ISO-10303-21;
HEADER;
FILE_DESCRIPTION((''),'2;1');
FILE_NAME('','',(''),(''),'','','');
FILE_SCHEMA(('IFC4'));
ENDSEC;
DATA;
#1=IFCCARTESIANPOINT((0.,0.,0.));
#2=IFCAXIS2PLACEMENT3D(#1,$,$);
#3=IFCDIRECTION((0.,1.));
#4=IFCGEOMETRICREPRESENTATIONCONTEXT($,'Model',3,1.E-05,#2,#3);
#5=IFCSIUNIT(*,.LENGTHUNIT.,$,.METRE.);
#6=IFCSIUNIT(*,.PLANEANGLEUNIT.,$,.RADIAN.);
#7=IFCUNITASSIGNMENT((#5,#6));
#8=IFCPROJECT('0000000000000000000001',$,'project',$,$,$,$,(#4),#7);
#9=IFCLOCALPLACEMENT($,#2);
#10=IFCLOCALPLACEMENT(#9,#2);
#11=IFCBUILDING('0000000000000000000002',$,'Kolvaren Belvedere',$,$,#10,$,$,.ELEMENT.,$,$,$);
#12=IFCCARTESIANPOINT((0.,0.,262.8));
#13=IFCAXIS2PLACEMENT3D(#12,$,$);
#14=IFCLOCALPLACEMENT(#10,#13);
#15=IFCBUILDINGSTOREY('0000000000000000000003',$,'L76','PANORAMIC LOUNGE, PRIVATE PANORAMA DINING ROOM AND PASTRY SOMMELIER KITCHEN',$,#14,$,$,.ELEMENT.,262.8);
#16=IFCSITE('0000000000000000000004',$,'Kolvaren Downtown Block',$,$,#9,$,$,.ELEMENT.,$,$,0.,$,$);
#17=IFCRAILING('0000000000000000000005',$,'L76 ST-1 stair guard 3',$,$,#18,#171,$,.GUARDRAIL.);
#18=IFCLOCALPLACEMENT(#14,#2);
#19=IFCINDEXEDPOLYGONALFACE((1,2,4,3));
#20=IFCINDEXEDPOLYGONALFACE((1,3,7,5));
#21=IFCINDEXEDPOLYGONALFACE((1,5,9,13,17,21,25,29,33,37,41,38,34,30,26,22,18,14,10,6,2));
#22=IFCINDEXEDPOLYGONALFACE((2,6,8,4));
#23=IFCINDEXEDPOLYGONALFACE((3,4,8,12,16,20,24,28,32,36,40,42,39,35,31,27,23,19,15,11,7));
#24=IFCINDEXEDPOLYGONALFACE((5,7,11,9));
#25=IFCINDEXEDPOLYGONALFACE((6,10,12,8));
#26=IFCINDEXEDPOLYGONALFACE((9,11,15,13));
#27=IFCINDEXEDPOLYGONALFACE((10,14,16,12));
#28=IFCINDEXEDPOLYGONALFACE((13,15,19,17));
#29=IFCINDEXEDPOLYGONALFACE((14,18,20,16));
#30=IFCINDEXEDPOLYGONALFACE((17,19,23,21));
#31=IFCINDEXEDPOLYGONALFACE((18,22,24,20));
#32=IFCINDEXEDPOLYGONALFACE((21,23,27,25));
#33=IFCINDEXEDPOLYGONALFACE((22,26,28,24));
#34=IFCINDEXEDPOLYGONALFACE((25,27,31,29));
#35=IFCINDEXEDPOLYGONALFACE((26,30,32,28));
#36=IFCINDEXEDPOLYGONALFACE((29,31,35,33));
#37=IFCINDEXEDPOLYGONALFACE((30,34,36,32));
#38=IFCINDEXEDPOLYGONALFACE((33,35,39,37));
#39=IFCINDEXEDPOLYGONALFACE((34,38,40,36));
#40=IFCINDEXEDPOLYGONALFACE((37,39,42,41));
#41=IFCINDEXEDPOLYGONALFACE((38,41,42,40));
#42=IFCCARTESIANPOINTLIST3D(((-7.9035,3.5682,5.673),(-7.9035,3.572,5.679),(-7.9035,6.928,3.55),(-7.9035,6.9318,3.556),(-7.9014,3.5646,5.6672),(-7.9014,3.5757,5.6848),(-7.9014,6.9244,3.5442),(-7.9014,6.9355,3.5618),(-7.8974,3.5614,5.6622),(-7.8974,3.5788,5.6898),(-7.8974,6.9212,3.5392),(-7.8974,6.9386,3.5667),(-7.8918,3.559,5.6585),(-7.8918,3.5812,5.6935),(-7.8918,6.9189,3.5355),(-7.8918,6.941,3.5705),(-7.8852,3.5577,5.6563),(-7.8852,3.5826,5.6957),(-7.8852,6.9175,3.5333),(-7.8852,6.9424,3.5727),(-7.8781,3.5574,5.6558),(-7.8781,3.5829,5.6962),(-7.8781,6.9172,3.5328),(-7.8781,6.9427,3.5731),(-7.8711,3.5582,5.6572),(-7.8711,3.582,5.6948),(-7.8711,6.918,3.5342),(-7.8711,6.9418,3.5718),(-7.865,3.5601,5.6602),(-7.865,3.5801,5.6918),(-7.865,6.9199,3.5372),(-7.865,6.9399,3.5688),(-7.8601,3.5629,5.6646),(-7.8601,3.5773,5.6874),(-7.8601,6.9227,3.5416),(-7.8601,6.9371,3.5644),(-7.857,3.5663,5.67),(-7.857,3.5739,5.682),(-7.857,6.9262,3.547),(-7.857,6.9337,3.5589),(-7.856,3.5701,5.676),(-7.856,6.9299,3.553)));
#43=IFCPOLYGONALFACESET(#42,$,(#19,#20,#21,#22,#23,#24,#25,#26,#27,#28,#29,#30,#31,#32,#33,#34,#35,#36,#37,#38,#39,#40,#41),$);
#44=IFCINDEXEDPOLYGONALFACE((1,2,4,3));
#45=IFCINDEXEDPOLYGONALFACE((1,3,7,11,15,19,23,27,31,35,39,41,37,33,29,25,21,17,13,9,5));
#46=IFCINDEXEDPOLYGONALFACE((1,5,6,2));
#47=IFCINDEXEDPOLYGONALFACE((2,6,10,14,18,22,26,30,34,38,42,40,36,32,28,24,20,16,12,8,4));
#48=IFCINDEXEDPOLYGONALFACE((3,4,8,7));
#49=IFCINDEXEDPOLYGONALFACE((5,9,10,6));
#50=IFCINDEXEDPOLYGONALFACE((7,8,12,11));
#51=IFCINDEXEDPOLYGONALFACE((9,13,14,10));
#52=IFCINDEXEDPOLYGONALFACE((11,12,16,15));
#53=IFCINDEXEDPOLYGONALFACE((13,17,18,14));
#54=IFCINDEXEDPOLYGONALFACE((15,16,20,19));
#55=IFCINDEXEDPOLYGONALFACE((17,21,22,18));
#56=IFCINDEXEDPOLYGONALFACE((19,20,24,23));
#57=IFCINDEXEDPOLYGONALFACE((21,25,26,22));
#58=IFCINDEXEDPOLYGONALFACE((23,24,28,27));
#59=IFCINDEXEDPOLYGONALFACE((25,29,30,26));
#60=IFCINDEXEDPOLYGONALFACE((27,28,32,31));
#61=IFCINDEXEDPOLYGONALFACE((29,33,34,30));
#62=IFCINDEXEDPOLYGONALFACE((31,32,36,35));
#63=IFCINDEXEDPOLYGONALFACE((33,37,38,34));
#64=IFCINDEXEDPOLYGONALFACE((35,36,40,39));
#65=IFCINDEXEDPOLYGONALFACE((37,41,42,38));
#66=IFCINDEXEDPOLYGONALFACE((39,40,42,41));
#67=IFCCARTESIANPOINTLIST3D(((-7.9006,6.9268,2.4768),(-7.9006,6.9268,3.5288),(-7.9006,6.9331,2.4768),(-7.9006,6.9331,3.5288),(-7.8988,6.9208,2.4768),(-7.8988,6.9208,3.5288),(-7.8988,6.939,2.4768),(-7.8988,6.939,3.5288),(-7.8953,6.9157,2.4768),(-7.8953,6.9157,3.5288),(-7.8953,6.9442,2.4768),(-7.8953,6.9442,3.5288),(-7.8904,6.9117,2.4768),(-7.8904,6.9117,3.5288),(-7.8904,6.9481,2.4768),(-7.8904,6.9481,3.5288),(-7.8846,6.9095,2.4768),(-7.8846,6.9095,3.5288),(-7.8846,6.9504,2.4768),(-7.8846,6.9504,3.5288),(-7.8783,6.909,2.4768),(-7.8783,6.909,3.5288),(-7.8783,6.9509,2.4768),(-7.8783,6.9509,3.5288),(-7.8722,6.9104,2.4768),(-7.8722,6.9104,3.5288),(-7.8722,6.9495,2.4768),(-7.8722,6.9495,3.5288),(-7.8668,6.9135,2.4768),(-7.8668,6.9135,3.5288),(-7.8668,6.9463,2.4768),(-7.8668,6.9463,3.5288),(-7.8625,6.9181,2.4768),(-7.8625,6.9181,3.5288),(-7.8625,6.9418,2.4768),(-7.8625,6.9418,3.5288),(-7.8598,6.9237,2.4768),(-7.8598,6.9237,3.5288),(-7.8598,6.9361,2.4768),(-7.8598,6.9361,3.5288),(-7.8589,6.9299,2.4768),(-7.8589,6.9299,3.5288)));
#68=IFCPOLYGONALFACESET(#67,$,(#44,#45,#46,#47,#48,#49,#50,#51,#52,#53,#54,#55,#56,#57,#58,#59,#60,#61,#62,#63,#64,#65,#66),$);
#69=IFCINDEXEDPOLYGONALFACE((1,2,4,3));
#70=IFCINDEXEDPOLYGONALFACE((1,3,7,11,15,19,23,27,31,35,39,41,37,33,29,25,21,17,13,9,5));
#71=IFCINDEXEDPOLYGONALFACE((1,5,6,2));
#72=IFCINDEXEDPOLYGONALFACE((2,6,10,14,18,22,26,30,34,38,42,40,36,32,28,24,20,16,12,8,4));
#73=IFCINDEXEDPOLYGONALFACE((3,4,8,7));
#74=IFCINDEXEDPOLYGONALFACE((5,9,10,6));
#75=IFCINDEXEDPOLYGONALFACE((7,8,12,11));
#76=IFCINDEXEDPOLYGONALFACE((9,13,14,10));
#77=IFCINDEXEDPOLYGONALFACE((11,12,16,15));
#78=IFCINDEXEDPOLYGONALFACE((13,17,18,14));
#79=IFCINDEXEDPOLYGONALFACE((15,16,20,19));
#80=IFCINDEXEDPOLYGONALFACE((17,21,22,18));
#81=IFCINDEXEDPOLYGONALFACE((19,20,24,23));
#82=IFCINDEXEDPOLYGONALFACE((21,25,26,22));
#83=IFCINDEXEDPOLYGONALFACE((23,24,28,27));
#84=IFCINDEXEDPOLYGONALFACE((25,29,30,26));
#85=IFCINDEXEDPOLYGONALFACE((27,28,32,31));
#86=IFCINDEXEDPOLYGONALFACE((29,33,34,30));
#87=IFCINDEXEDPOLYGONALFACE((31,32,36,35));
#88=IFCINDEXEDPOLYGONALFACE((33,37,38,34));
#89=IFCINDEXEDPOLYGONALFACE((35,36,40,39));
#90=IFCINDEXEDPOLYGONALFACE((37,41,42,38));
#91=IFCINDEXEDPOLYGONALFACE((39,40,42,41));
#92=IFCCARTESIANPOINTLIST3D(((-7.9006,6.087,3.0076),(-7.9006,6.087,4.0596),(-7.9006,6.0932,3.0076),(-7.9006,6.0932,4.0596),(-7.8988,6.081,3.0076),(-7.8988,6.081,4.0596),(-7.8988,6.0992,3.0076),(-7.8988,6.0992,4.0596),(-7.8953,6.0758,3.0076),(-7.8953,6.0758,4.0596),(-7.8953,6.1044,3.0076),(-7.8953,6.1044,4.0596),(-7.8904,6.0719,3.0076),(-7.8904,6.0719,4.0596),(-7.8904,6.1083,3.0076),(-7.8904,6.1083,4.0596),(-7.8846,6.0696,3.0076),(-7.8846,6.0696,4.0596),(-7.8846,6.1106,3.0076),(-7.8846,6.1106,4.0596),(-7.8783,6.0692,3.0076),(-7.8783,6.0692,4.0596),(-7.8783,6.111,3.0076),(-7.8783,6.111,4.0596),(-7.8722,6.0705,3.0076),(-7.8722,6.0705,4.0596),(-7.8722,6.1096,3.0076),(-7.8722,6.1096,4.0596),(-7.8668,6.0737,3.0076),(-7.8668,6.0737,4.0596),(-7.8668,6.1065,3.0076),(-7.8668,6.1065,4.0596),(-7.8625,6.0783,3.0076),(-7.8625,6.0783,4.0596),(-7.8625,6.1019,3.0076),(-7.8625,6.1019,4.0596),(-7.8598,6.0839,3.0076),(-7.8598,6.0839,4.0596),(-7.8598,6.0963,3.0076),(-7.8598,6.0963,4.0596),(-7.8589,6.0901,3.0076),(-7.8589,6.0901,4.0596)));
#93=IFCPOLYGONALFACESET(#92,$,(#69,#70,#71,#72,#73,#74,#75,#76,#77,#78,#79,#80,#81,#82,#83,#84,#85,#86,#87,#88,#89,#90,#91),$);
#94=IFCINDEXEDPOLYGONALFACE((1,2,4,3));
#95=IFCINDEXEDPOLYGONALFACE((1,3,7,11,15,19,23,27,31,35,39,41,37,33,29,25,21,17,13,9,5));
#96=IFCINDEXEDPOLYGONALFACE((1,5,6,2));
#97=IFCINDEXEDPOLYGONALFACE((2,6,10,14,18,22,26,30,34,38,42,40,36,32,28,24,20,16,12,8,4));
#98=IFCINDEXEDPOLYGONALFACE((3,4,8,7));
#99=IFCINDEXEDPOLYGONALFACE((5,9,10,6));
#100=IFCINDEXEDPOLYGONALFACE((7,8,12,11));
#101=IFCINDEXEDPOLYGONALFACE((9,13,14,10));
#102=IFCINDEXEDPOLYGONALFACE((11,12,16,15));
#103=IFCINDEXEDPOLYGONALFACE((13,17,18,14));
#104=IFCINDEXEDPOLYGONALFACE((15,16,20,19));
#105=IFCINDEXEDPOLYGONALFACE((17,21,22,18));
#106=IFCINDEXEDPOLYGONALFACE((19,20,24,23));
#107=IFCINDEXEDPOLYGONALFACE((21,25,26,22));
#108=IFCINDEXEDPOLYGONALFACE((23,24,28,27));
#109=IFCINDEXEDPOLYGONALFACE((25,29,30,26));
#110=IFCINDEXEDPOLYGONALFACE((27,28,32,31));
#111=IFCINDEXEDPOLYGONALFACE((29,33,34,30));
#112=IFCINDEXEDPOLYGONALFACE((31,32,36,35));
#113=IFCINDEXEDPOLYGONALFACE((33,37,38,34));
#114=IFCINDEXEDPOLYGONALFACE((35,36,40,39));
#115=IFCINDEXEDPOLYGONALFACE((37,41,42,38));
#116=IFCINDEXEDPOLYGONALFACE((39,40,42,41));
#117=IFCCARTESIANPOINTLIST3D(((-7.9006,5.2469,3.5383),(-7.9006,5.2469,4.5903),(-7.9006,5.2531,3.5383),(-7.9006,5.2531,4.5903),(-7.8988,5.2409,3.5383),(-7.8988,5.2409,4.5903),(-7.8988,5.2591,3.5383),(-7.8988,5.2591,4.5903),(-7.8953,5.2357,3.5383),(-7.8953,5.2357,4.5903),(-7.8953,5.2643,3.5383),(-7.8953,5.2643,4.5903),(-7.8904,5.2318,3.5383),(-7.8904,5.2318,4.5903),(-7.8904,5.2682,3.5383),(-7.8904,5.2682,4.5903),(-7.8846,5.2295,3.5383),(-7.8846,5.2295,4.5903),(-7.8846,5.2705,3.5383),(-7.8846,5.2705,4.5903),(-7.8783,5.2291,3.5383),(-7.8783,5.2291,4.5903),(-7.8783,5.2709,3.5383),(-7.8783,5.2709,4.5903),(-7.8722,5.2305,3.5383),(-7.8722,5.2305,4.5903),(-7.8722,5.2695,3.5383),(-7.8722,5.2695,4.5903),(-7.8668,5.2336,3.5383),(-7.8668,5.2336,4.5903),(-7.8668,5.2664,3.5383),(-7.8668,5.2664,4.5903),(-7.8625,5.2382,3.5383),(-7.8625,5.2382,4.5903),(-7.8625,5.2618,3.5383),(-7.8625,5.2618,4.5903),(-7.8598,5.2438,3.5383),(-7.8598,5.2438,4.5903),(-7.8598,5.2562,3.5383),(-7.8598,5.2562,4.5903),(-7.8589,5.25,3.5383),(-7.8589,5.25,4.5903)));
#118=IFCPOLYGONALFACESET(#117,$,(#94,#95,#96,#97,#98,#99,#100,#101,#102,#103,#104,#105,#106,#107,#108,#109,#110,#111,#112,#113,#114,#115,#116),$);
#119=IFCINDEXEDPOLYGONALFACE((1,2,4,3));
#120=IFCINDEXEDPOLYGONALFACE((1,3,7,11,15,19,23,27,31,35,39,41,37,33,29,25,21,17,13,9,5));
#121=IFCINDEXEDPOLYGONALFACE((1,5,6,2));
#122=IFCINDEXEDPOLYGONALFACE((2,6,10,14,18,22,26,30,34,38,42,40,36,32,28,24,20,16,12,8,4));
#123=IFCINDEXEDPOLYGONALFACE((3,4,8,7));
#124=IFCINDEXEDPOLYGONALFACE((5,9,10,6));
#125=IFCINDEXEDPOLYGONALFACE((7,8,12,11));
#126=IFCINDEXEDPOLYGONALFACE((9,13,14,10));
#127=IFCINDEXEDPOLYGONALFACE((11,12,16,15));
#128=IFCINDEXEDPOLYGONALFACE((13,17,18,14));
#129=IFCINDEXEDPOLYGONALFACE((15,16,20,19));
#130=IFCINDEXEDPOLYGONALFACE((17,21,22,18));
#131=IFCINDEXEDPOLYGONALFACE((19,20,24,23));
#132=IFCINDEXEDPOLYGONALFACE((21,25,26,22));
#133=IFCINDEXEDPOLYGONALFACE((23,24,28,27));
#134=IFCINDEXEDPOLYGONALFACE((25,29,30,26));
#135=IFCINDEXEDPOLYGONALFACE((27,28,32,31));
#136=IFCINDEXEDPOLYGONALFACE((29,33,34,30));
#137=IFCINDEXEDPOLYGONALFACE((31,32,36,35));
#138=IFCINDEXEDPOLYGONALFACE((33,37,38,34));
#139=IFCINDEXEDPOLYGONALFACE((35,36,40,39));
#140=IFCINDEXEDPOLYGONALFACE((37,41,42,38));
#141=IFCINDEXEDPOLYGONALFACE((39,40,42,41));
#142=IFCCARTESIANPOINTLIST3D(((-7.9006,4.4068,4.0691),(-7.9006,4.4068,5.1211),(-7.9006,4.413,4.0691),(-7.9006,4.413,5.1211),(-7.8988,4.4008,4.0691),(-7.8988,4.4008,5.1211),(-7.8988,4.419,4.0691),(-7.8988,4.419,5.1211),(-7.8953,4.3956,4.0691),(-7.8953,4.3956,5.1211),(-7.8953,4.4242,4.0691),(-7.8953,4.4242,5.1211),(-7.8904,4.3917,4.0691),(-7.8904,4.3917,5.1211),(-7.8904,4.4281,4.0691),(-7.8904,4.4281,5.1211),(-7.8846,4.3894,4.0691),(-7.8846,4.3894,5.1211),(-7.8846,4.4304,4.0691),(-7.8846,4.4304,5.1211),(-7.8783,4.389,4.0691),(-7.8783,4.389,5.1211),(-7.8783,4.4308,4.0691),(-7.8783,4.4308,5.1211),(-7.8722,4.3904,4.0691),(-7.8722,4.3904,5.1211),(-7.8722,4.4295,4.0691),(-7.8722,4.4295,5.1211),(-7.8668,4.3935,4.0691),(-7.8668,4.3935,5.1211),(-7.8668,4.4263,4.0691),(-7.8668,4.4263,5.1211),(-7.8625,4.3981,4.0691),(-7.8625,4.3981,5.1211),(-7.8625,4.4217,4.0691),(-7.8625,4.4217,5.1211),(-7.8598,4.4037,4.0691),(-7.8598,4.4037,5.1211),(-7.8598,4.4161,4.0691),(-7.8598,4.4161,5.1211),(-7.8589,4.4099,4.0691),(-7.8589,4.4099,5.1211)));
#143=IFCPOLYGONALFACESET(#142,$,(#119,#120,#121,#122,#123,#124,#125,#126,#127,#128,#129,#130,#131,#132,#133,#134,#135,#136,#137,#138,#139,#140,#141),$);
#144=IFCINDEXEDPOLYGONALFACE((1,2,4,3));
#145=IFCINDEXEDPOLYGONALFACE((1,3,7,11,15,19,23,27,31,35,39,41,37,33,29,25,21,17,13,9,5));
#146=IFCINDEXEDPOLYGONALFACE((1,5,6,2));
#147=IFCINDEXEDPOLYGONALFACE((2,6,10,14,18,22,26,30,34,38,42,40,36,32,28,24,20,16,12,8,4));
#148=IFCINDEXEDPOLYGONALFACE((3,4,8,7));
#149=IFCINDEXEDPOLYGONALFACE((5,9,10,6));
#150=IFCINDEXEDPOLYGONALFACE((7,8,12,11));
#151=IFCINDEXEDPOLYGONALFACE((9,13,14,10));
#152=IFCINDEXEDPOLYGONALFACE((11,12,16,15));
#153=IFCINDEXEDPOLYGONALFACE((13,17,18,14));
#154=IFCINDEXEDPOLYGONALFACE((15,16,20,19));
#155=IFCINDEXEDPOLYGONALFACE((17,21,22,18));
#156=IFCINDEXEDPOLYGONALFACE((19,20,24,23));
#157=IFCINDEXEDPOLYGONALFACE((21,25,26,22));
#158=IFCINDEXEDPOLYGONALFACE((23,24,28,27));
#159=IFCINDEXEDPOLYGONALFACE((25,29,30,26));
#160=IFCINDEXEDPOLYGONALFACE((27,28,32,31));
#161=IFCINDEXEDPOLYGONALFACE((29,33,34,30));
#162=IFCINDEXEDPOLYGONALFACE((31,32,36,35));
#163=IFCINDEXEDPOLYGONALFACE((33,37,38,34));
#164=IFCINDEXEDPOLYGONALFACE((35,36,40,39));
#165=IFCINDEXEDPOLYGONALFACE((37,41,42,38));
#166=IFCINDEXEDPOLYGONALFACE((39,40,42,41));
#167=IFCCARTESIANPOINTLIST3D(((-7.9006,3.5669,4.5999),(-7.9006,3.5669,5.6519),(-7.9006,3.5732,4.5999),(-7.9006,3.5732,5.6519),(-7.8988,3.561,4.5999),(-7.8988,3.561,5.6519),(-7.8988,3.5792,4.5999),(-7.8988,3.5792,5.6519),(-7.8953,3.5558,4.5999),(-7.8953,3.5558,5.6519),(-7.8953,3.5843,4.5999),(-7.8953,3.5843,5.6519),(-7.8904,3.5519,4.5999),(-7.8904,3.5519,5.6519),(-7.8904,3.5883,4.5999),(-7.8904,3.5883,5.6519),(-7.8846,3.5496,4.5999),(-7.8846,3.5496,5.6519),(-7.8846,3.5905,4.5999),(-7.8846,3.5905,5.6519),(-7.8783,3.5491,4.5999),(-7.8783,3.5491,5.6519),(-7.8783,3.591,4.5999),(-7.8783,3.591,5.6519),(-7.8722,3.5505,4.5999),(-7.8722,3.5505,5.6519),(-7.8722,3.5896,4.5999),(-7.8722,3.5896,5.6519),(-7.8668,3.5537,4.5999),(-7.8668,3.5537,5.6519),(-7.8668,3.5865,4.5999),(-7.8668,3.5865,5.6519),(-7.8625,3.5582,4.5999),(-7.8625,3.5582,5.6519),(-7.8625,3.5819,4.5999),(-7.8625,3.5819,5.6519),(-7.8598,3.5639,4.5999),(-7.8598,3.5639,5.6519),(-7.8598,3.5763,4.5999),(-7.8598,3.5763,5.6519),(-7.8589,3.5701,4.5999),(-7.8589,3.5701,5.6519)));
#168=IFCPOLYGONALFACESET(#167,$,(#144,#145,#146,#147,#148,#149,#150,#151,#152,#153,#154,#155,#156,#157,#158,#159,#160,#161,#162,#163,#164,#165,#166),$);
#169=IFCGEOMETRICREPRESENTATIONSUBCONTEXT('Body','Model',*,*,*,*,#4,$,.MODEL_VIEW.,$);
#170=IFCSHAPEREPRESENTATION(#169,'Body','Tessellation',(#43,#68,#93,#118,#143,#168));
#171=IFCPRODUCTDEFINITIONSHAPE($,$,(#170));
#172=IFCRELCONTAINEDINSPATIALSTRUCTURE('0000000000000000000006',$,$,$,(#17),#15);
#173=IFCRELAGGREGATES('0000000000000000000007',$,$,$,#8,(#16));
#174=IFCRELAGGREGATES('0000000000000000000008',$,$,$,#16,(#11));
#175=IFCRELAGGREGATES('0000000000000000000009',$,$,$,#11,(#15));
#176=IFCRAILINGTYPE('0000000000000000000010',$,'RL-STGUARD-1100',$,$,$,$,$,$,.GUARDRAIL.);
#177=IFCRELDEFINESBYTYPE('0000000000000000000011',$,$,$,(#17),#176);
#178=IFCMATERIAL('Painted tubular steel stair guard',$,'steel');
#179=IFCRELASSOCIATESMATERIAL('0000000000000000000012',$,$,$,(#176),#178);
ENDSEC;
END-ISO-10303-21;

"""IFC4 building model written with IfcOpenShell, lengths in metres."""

from ifc_helpers import new_model, si_unit, direction, frame, origin, origin_2d, place, context, subcontext, project, spatial, circle, extrude, material, type_object, element, save


model = new_model("IFC4")

# Units and contexts
model_context = context("Model", 3, precision=1e-05, world=origin(), true_north=direction((0.0, 1.0)))
body_context = subcontext(model_context, "Body", "Model", "MODEL_VIEW")
ifc_project = project(units=[si_unit("LENGTHUNIT", "METRE"), si_unit("PLANEANGLEUNIT", "RADIAN")], contexts=[model_context])

# Site, building, storey
site_placement = place(None, origin())
site = spatial("IfcSite", under=ifc_project, at=site_placement, Name="Kolvaren Downtown Block", CompositionType="ELEMENT", RefElevation=0.0)
building_placement = place(site_placement, origin())
building = spatial("IfcBuilding", under=site, at=building_placement, Name="Kolvaren Belvedere", CompositionType="ELEMENT")
storey_placement = place(building_placement, frame((0.0, 0.0, 262.8)))
storey = spatial("IfcBuildingStorey", under=building, at=storey_placement, Name="L76", Description="PANORAMIC LOUNGE, PRIVATE PANORAMA DINING ROOM AND PASTRY SOMMELIER KITCHEN", CompositionType="ELEMENT", Elevation=262.8)

# Railing
ifc_material_1 = material(Name="Painted tubular steel stair guard", Category="steel")
railing_type_1 = type_object("IfcRailingType", Name="RL-STGUARD-1100", PredefinedType="GUARDRAIL", material=ifc_material_1)
railing_1_placement = place(storey_placement, frame((-7.8799, 6.9299, 2.4768)))
element("IfcRailing", 1, at=railing_1_placement, inside=storey, type_object=railing_type_1, Name="L76 ST-1 stair guard 3", PredefinedType="GUARDRAIL", context=body_context, shape_type="SweptSolid", body=[
    extrude(circle(Radius=0.0239, at=origin_2d()), frame((0.0, 0.0, 1.0762), z_axis=(0.0, -0.845372, 0.534178), x_axis=(1.0, 0.0, 0.0)), (0.0, 0.0, 1.0), 3.9744),
    extrude(circle(Radius=0.021, at=origin_2d()), origin(), (0.0, 0.0, 1.0), 1.052),
    extrude(circle(Radius=0.021, at=origin_2d()), frame((0.0, -0.8398, 0.5308)), (0.0, 0.0, 1.0), 1.052),
    extrude(circle(Radius=0.021, at=origin_2d()), frame((0.0, -1.6799, 1.0615)), (0.0, 0.0, 1.0), 1.052),
    extrude(circle(Radius=0.021, at=origin_2d()), frame((0.0, -2.52, 1.5923)), (0.0, 0.0, 1.0), 1.052),
    extrude(circle(Radius=0.021, at=origin_2d()), frame((0.0, -3.3599, 2.123)), (0.0, 0.0, 1.0), 1.052),
])

save(model, "model.ifc")
